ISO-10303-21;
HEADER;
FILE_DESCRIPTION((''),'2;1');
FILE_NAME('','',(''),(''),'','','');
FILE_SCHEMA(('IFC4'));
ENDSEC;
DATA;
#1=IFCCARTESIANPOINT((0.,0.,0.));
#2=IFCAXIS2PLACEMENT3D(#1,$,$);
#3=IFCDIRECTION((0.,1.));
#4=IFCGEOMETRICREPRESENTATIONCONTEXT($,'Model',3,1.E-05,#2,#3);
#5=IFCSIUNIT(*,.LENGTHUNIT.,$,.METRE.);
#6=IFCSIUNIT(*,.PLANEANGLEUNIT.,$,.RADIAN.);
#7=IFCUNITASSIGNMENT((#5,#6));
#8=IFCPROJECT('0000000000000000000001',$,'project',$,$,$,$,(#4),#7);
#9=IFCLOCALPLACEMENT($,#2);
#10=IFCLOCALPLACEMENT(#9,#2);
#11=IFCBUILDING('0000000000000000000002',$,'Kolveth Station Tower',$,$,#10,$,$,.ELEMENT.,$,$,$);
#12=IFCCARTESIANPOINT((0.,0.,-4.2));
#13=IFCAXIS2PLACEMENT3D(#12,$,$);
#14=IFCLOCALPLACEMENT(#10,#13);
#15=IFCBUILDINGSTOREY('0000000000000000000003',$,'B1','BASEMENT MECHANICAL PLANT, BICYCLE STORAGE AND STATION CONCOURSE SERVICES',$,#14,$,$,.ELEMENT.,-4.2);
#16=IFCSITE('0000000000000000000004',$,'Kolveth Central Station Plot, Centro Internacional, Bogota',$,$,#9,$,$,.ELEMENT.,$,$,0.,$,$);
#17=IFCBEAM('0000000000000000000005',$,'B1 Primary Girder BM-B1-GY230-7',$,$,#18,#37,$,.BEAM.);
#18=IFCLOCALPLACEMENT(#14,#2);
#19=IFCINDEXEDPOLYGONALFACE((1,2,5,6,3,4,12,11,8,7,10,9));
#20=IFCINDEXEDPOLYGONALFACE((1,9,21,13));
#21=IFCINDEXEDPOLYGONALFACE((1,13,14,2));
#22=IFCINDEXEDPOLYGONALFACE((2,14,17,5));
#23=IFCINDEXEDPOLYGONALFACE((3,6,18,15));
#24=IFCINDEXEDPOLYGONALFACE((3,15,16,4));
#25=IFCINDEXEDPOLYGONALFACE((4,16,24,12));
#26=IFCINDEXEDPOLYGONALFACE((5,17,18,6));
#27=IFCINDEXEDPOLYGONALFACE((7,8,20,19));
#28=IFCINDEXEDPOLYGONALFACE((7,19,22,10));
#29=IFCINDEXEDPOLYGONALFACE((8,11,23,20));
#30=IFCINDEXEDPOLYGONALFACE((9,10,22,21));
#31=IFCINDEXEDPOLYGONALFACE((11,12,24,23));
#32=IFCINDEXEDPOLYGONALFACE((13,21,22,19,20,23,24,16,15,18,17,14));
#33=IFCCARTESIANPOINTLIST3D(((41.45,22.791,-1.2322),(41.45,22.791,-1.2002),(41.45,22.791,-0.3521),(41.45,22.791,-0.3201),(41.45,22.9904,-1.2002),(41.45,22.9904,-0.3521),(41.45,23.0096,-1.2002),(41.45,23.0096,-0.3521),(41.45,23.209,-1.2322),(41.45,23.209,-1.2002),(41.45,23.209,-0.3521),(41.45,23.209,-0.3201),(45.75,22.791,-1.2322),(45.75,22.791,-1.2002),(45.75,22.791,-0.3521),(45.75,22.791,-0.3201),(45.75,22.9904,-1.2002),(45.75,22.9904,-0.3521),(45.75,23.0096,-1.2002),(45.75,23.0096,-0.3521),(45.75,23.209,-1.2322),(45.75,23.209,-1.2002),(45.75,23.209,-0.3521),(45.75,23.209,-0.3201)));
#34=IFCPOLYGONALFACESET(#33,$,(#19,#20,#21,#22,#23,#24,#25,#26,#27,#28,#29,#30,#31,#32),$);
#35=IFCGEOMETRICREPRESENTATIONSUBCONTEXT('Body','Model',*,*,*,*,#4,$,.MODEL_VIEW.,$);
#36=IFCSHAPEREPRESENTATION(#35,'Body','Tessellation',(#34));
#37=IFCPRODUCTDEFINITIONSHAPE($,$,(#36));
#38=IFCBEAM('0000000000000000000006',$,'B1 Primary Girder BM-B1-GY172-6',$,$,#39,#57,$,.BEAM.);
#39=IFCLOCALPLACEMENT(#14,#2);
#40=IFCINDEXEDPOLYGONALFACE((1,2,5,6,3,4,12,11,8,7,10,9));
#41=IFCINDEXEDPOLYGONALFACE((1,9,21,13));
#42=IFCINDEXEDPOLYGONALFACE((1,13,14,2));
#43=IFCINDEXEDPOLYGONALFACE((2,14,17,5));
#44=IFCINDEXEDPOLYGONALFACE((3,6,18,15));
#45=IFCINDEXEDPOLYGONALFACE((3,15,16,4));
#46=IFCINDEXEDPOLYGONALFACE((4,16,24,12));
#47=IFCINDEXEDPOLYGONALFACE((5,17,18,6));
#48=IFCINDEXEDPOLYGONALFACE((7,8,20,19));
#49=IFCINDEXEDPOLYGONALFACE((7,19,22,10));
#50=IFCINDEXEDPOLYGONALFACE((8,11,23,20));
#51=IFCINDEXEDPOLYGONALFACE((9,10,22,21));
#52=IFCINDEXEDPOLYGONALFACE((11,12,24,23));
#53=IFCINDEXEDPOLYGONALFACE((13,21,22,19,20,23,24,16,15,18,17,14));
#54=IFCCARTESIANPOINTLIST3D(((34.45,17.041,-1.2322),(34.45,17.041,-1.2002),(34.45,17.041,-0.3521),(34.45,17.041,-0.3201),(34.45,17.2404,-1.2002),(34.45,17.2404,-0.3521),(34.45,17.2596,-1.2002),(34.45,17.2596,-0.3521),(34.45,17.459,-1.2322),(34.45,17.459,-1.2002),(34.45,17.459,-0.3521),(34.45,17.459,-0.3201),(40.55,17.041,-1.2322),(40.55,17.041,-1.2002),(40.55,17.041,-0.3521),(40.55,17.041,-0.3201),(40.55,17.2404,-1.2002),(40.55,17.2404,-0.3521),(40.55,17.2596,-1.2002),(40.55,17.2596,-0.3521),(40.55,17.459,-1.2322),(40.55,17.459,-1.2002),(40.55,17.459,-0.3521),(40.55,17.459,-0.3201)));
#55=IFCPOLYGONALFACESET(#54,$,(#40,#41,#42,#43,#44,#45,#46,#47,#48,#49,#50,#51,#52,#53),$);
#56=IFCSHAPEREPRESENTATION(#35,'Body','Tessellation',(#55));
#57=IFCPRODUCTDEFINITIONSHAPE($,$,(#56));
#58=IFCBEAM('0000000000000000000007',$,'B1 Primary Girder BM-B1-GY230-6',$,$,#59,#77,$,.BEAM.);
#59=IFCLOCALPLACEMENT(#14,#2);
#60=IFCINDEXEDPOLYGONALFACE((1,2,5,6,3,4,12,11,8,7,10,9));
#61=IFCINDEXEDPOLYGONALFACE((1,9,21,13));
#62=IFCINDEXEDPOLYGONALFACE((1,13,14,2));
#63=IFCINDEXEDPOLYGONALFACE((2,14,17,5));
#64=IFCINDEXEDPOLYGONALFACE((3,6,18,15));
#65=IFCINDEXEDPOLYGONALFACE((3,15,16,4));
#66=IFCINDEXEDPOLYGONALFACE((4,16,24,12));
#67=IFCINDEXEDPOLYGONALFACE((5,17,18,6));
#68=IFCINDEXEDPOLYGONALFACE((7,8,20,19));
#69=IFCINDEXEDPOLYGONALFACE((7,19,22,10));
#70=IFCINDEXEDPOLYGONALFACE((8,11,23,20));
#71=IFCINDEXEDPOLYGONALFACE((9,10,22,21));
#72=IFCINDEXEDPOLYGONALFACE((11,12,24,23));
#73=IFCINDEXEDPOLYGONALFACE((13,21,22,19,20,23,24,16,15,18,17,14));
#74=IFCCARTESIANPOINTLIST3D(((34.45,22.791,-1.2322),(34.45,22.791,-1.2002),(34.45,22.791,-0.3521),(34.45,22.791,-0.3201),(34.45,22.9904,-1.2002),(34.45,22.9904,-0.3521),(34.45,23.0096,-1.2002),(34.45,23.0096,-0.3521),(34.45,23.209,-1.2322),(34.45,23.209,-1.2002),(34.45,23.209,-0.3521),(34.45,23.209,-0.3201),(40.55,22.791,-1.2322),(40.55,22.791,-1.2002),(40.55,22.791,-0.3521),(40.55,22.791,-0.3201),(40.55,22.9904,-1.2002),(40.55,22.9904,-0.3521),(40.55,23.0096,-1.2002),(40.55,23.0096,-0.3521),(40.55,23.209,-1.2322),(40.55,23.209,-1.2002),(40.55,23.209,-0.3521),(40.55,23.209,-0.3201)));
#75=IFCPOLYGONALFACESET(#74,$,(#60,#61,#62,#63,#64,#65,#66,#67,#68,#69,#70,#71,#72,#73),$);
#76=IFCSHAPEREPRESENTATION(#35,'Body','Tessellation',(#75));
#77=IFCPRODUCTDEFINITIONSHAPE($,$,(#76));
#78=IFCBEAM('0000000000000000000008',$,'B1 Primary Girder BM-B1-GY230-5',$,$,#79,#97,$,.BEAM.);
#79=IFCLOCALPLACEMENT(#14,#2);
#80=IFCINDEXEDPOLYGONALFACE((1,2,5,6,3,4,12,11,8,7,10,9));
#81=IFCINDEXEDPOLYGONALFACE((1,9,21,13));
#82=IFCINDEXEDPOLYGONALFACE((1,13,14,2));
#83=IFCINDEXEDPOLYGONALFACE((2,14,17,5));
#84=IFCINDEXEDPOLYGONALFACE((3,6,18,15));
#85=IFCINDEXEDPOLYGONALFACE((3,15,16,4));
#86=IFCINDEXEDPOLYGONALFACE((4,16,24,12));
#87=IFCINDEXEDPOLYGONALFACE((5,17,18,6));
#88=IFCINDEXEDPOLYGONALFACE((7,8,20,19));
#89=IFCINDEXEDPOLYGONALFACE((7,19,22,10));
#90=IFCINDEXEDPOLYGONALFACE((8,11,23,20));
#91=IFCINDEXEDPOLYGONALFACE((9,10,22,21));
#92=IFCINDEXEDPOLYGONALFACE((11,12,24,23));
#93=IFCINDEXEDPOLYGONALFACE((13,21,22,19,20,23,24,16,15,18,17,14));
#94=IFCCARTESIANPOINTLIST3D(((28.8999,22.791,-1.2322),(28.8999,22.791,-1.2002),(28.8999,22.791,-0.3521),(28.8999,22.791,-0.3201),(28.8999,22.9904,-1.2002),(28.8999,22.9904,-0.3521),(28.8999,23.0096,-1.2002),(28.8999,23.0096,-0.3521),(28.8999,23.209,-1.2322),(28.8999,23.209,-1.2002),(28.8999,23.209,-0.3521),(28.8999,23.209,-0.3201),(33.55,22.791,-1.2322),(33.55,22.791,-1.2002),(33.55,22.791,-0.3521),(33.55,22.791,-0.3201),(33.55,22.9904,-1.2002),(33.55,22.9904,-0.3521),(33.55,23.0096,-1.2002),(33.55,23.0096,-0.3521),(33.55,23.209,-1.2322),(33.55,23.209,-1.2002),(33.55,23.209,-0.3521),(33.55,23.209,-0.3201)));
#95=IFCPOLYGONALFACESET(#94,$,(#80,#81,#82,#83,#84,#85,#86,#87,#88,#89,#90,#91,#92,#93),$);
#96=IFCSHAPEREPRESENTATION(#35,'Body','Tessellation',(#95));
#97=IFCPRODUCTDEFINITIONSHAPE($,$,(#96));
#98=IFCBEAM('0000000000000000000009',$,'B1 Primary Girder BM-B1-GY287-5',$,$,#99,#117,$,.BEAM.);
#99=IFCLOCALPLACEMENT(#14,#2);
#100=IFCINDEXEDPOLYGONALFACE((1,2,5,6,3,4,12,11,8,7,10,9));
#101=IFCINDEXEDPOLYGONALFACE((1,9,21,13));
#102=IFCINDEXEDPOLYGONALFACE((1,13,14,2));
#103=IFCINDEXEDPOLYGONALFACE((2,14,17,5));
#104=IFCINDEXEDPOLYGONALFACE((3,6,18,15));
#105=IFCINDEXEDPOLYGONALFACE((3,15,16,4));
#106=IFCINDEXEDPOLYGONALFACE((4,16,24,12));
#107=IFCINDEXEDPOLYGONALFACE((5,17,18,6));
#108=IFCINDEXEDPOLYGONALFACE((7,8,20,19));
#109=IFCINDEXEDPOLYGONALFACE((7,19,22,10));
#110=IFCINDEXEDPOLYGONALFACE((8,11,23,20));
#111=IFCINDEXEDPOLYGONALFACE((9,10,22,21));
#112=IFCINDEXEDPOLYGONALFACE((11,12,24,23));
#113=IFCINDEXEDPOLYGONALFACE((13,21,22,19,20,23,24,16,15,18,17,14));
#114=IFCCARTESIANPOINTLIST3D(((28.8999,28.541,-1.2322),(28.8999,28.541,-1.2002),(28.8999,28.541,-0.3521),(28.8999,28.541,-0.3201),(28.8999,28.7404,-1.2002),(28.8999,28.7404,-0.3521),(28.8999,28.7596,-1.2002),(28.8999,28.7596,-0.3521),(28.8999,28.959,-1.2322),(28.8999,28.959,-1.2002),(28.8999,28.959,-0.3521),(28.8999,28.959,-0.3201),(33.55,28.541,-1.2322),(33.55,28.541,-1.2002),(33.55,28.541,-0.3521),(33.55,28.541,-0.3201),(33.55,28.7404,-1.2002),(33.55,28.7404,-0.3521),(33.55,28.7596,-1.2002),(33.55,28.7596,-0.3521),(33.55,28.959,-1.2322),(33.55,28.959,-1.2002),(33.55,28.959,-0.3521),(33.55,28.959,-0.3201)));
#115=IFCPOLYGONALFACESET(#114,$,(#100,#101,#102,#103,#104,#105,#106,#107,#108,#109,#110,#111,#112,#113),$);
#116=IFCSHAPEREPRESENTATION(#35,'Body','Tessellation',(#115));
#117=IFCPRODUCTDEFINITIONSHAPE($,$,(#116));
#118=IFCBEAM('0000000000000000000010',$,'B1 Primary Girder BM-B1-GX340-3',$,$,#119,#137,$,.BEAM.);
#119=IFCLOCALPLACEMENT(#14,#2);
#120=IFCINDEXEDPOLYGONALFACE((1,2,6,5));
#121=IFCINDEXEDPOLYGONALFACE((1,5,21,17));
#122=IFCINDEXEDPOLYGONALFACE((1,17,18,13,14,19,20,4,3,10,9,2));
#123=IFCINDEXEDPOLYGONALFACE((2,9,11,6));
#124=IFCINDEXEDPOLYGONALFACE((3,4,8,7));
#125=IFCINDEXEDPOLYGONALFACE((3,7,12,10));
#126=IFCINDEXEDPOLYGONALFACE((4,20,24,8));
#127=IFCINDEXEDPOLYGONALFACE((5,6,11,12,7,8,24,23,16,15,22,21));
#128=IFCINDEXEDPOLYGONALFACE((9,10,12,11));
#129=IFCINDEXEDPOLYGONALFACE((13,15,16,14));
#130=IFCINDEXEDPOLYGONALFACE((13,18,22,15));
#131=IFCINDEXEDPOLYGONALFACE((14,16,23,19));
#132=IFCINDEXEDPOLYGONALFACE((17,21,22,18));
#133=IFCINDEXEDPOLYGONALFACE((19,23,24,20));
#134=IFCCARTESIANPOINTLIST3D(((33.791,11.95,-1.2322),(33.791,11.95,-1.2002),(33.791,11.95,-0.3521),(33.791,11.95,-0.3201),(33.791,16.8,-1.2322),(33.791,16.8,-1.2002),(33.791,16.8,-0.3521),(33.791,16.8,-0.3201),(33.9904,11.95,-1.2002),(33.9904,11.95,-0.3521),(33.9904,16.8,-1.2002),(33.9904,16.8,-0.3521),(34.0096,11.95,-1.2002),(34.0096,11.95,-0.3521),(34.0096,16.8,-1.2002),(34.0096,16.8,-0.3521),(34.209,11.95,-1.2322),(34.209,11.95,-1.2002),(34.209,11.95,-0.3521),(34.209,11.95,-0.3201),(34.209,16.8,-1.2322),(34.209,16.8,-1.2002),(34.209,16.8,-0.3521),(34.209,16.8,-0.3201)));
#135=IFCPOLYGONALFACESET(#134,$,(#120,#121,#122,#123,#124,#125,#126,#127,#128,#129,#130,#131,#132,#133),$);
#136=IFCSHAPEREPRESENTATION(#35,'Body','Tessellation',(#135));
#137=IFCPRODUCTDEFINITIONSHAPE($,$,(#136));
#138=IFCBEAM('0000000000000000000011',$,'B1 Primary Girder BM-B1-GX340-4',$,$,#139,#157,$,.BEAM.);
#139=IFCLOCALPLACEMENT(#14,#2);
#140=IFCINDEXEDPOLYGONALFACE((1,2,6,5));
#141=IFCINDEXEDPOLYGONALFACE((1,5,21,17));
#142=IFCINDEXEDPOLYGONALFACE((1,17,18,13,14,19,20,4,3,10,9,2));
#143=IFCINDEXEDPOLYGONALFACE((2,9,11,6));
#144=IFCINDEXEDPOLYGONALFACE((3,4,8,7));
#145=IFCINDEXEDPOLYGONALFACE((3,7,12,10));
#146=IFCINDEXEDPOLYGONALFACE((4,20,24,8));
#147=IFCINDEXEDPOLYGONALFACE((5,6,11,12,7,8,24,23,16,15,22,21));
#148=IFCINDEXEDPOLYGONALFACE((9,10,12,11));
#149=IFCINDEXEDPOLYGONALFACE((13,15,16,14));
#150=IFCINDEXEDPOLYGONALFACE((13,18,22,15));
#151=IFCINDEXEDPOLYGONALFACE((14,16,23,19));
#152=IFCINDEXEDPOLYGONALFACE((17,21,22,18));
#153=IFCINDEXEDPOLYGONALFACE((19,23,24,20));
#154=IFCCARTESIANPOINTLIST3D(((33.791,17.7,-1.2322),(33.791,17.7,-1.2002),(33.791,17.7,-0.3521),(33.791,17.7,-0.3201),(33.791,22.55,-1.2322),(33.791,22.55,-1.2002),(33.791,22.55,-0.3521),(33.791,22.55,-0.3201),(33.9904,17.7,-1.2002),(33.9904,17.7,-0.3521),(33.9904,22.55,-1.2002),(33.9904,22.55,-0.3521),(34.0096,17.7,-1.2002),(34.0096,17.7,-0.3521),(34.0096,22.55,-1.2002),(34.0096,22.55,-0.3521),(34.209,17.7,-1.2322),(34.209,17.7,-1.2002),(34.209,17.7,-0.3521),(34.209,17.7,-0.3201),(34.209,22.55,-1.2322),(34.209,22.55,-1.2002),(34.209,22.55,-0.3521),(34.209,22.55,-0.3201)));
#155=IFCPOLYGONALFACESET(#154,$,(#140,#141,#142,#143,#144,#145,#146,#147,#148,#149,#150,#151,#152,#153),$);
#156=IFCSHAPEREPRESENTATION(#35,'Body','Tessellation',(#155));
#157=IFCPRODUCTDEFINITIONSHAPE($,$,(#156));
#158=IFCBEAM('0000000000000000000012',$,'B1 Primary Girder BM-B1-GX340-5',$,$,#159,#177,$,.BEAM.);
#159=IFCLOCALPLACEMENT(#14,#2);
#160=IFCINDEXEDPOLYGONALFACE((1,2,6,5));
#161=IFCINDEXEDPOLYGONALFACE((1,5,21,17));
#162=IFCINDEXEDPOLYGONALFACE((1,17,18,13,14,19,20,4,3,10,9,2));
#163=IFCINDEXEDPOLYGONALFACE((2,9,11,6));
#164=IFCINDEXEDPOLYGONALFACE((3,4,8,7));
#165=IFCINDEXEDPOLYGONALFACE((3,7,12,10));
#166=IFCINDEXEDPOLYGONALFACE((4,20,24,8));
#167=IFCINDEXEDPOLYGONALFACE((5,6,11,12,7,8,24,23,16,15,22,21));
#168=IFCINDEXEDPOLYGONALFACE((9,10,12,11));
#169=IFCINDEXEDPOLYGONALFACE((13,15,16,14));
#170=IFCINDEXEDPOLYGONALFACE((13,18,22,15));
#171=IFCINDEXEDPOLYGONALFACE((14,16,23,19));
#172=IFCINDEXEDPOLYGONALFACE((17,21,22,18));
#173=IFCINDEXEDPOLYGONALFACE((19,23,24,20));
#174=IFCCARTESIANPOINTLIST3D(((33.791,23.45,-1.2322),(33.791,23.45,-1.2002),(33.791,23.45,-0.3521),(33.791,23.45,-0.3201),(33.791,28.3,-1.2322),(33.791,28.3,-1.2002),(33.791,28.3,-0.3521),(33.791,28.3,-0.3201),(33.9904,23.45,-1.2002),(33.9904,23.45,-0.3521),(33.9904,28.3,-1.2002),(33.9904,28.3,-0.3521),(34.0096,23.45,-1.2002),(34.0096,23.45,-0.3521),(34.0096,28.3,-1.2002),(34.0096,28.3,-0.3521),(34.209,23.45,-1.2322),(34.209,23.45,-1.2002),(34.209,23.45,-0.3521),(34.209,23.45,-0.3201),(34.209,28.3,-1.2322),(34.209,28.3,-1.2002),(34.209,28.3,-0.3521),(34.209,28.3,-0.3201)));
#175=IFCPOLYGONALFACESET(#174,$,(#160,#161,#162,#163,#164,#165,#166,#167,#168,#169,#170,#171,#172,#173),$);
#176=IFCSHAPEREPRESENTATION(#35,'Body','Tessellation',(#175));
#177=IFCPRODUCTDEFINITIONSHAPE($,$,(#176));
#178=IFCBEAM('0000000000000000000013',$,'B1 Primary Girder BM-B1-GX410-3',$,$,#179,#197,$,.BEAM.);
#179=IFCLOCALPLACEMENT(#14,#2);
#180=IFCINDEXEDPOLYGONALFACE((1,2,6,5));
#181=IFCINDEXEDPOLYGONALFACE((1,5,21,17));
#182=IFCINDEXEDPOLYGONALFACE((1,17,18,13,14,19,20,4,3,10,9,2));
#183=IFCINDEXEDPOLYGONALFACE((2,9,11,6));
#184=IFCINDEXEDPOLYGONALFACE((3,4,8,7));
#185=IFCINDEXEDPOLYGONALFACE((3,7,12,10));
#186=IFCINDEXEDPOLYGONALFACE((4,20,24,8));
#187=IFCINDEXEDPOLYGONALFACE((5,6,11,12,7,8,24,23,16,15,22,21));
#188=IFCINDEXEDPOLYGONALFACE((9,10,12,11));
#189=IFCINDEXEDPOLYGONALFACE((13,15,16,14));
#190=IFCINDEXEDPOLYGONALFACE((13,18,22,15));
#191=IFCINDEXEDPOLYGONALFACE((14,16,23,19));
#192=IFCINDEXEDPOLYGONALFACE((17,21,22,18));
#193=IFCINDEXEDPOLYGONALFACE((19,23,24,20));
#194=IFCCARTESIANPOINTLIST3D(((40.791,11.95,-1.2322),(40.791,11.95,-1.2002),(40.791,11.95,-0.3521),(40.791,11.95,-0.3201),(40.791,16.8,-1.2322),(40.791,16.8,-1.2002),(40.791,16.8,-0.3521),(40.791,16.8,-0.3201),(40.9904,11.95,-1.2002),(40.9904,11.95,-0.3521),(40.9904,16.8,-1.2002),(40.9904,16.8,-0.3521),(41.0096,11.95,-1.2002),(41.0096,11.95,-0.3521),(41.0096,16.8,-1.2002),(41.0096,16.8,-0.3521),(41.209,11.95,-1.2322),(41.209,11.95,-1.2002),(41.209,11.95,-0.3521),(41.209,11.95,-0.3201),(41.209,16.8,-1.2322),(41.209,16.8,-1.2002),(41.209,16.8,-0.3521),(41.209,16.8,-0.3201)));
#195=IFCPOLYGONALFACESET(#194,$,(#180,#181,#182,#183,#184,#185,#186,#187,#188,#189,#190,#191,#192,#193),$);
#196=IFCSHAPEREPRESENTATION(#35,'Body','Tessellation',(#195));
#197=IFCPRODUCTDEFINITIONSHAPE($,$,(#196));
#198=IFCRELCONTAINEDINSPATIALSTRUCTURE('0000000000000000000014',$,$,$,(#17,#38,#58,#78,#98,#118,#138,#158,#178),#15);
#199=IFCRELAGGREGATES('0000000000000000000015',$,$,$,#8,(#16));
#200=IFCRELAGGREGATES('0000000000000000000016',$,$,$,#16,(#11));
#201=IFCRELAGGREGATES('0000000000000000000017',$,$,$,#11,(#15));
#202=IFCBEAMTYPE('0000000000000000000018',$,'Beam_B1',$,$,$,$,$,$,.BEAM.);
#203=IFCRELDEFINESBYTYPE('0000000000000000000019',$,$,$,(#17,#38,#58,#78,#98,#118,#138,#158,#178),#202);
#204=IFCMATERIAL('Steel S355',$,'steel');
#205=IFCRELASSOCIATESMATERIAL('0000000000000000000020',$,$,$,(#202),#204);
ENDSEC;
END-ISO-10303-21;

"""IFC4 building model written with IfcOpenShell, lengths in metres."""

from ifc_helpers import new_model, si_unit, direction, frame, origin, origin_2d, place, context, subcontext, project, spatial, i_section, extrude, source, transform, mapped, material, material_profile, profile_set, type_object, element, save


model = new_model("IFC4")

# Units and contexts
model_context = context("Model", 3, precision=1e-05, world=origin(), true_north=direction((0.0, 1.0)))
body_context = subcontext(model_context, "Body", "Model", "MODEL_VIEW")
ifc_project = project(units=[si_unit("LENGTHUNIT", "METRE"), si_unit("PLANEANGLEUNIT", "RADIAN")], contexts=[model_context])

# Site, building, storey
site_placement = place(None, origin())
site = spatial("IfcSite", under=ifc_project, at=site_placement, Name="Kolveth Central Station Plot, Centro Internacional, Bogota", CompositionType="ELEMENT", RefElevation=0.0)
building_placement = place(site_placement, origin())
building = spatial("IfcBuilding", under=site, at=building_placement, Name="Kolveth Station Tower", CompositionType="ELEMENT")
storey_placement = place(building_placement, frame((0.0, 0.0, -4.2)))
storey = spatial("IfcBuildingStorey", under=building, at=storey_placement, Name="B1", Description="BASEMENT MECHANICAL PLANT, BICYCLE STORAGE AND STATION CONCOURSE SERVICES", CompositionType="ELEMENT", Elevation=-4.2)

# Beams
ifc_material_1 = material(Name="Steel S355", Category="steel")
ifc_material_profile_1 = material_profile(ifc_material_1, i_section(OverallWidth=0.418, OverallDepth=0.9121, WebThickness=0.0193, FlangeThickness=0.032, at=origin_2d()), Name="W920x342")
ifc_profile_set_1 = profile_set([ifc_material_profile_1], Name="Steel S355")
beam_type_1 = type_object("IfcBeamType", Name="Beam_B1", PredefinedType="BEAM", material=ifc_profile_set_1)
shared_shape_1 = source(origin(), body_context, "Body", "SweptSolid", [
    extrude(i_section(OverallWidth=0.418, OverallDepth=0.9121, WebThickness=0.0193, FlangeThickness=0.032, at=origin_2d()), origin(), (0.0, 0.0, 1.0), 4.3),
])
for number, where, z_axis, x_axis, name in (
    (1, (41.45, 23.0, -0.7761), (1.0, 0.0, 0.0), (0.0, 1.0, 0.0), "B1 Primary Girder BM-B1-GY230-7"),
):
    element("IfcBeam", number, at=place(storey_placement, frame(where, z_axis=z_axis, x_axis=x_axis)), inside=storey, type_object=beam_type_1, Name=name, PredefinedType="BEAM", context=body_context, shape_type="MappedRepresentation", body=[
        mapped(shared_shape_1, transform((0.0, 0.0, 0.0), x_axis=(1.0, 0.0, 0.0), y_axis=(0.0, 1.0, 0.0), z_axis=(0.0, 0.0, 1.0), scale=1.0)),
    ])
shared_shape_2 = source(origin(), body_context, "Body", "SweptSolid", [
    extrude(i_section(OverallWidth=0.418, OverallDepth=0.9121, WebThickness=0.0193, FlangeThickness=0.032, at=origin_2d()), origin(), (0.0, 0.0, 1.0), 6.1001),
])
for number, where, z_axis, x_axis, name in (
    (2, (34.45, 17.25, -0.7761), (1.0, 0.0, 0.0), (0.0, 1.0, 0.0), "B1 Primary Girder BM-B1-GY172-6"),
    (3, (34.45, 23.0, -0.7761), (1.0, 0.0, 0.0), (0.0, 1.0, 0.0), "B1 Primary Girder BM-B1-GY230-6"),
):
    element("IfcBeam", number, at=place(storey_placement, frame(where, z_axis=z_axis, x_axis=x_axis)), inside=storey, type_object=beam_type_1, Name=name, PredefinedType="BEAM", context=body_context, shape_type="MappedRepresentation", body=[
        mapped(shared_shape_2, transform((0.0, 0.0, 0.0), x_axis=(1.0, 0.0, 0.0), y_axis=(0.0, 1.0, 0.0), z_axis=(0.0, 0.0, 1.0), scale=1.0)),
    ])
shared_shape_3 = source(origin(), body_context, "Body", "SweptSolid", [
    extrude(i_section(OverallWidth=0.418, OverallDepth=0.9121, WebThickness=0.0193, FlangeThickness=0.032, at=origin_2d()), origin(), (0.0, 0.0, 1.0), 4.6501),
])
for number, where, z_axis, x_axis, name in (
    (4, (28.8999, 23.0, -0.7761), (1.0, 0.0, 0.0), (0.0, 1.0, 0.0), "B1 Primary Girder BM-B1-GY230-5"),
    (5, (28.8999, 28.75, -0.7761), (1.0, 0.0, 0.0), (0.0, 1.0, 0.0), "B1 Primary Girder BM-B1-GY287-5"),
):
    element("IfcBeam", number, at=place(storey_placement, frame(where, z_axis=z_axis, x_axis=x_axis)), inside=storey, type_object=beam_type_1, Name=name, PredefinedType="BEAM", context=body_context, shape_type="MappedRepresentation", body=[
        mapped(shared_shape_3, transform((0.0, 0.0, 0.0), x_axis=(1.0, 0.0, 0.0), y_axis=(0.0, 1.0, 0.0), z_axis=(0.0, 0.0, 1.0), scale=1.0)),
    ])
shared_shape_4 = source(origin(), body_context, "Body", "SweptSolid", [
    extrude(i_section(OverallWidth=0.418, OverallDepth=0.9121, WebThickness=0.0193, FlangeThickness=0.032, at=origin_2d()), origin(), (0.0, 0.0, 1.0), 4.8501),
])
for number, where, z_axis, x_axis, name in (
    (6, (34.0, 11.95, -0.7761), (0.0, 1.0, 0.0), (-1.0, 0.0, 0.0), "B1 Primary Girder BM-B1-GX340-3"),
    (7, (34.0, 17.7, -0.7761), (0.0, 1.0, 0.0), (-1.0, 0.0, 0.0), "B1 Primary Girder BM-B1-GX340-4"),
    (8, (34.0, 23.45, -0.7761), (0.0, 1.0, 0.0), (-1.0, 0.0, 0.0), "B1 Primary Girder BM-B1-GX340-5"),
    (9, (41.0, 11.95, -0.7761), (0.0, 1.0, 0.0), (-1.0, 0.0, 0.0), "B1 Primary Girder BM-B1-GX410-3"),
):
    element("IfcBeam", number, at=place(storey_placement, frame(where, z_axis=z_axis, x_axis=x_axis)), inside=storey, type_object=beam_type_1, Name=name, PredefinedType="BEAM", context=body_context, shape_type="MappedRepresentation", body=[
        mapped(shared_shape_4, transform((0.0, 0.0, 0.0), x_axis=(1.0, 0.0, 0.0), y_axis=(0.0, 1.0, 0.0), z_axis=(0.0, 0.0, 1.0), scale=1.0)),
    ])

save(model, "model.ifc")
